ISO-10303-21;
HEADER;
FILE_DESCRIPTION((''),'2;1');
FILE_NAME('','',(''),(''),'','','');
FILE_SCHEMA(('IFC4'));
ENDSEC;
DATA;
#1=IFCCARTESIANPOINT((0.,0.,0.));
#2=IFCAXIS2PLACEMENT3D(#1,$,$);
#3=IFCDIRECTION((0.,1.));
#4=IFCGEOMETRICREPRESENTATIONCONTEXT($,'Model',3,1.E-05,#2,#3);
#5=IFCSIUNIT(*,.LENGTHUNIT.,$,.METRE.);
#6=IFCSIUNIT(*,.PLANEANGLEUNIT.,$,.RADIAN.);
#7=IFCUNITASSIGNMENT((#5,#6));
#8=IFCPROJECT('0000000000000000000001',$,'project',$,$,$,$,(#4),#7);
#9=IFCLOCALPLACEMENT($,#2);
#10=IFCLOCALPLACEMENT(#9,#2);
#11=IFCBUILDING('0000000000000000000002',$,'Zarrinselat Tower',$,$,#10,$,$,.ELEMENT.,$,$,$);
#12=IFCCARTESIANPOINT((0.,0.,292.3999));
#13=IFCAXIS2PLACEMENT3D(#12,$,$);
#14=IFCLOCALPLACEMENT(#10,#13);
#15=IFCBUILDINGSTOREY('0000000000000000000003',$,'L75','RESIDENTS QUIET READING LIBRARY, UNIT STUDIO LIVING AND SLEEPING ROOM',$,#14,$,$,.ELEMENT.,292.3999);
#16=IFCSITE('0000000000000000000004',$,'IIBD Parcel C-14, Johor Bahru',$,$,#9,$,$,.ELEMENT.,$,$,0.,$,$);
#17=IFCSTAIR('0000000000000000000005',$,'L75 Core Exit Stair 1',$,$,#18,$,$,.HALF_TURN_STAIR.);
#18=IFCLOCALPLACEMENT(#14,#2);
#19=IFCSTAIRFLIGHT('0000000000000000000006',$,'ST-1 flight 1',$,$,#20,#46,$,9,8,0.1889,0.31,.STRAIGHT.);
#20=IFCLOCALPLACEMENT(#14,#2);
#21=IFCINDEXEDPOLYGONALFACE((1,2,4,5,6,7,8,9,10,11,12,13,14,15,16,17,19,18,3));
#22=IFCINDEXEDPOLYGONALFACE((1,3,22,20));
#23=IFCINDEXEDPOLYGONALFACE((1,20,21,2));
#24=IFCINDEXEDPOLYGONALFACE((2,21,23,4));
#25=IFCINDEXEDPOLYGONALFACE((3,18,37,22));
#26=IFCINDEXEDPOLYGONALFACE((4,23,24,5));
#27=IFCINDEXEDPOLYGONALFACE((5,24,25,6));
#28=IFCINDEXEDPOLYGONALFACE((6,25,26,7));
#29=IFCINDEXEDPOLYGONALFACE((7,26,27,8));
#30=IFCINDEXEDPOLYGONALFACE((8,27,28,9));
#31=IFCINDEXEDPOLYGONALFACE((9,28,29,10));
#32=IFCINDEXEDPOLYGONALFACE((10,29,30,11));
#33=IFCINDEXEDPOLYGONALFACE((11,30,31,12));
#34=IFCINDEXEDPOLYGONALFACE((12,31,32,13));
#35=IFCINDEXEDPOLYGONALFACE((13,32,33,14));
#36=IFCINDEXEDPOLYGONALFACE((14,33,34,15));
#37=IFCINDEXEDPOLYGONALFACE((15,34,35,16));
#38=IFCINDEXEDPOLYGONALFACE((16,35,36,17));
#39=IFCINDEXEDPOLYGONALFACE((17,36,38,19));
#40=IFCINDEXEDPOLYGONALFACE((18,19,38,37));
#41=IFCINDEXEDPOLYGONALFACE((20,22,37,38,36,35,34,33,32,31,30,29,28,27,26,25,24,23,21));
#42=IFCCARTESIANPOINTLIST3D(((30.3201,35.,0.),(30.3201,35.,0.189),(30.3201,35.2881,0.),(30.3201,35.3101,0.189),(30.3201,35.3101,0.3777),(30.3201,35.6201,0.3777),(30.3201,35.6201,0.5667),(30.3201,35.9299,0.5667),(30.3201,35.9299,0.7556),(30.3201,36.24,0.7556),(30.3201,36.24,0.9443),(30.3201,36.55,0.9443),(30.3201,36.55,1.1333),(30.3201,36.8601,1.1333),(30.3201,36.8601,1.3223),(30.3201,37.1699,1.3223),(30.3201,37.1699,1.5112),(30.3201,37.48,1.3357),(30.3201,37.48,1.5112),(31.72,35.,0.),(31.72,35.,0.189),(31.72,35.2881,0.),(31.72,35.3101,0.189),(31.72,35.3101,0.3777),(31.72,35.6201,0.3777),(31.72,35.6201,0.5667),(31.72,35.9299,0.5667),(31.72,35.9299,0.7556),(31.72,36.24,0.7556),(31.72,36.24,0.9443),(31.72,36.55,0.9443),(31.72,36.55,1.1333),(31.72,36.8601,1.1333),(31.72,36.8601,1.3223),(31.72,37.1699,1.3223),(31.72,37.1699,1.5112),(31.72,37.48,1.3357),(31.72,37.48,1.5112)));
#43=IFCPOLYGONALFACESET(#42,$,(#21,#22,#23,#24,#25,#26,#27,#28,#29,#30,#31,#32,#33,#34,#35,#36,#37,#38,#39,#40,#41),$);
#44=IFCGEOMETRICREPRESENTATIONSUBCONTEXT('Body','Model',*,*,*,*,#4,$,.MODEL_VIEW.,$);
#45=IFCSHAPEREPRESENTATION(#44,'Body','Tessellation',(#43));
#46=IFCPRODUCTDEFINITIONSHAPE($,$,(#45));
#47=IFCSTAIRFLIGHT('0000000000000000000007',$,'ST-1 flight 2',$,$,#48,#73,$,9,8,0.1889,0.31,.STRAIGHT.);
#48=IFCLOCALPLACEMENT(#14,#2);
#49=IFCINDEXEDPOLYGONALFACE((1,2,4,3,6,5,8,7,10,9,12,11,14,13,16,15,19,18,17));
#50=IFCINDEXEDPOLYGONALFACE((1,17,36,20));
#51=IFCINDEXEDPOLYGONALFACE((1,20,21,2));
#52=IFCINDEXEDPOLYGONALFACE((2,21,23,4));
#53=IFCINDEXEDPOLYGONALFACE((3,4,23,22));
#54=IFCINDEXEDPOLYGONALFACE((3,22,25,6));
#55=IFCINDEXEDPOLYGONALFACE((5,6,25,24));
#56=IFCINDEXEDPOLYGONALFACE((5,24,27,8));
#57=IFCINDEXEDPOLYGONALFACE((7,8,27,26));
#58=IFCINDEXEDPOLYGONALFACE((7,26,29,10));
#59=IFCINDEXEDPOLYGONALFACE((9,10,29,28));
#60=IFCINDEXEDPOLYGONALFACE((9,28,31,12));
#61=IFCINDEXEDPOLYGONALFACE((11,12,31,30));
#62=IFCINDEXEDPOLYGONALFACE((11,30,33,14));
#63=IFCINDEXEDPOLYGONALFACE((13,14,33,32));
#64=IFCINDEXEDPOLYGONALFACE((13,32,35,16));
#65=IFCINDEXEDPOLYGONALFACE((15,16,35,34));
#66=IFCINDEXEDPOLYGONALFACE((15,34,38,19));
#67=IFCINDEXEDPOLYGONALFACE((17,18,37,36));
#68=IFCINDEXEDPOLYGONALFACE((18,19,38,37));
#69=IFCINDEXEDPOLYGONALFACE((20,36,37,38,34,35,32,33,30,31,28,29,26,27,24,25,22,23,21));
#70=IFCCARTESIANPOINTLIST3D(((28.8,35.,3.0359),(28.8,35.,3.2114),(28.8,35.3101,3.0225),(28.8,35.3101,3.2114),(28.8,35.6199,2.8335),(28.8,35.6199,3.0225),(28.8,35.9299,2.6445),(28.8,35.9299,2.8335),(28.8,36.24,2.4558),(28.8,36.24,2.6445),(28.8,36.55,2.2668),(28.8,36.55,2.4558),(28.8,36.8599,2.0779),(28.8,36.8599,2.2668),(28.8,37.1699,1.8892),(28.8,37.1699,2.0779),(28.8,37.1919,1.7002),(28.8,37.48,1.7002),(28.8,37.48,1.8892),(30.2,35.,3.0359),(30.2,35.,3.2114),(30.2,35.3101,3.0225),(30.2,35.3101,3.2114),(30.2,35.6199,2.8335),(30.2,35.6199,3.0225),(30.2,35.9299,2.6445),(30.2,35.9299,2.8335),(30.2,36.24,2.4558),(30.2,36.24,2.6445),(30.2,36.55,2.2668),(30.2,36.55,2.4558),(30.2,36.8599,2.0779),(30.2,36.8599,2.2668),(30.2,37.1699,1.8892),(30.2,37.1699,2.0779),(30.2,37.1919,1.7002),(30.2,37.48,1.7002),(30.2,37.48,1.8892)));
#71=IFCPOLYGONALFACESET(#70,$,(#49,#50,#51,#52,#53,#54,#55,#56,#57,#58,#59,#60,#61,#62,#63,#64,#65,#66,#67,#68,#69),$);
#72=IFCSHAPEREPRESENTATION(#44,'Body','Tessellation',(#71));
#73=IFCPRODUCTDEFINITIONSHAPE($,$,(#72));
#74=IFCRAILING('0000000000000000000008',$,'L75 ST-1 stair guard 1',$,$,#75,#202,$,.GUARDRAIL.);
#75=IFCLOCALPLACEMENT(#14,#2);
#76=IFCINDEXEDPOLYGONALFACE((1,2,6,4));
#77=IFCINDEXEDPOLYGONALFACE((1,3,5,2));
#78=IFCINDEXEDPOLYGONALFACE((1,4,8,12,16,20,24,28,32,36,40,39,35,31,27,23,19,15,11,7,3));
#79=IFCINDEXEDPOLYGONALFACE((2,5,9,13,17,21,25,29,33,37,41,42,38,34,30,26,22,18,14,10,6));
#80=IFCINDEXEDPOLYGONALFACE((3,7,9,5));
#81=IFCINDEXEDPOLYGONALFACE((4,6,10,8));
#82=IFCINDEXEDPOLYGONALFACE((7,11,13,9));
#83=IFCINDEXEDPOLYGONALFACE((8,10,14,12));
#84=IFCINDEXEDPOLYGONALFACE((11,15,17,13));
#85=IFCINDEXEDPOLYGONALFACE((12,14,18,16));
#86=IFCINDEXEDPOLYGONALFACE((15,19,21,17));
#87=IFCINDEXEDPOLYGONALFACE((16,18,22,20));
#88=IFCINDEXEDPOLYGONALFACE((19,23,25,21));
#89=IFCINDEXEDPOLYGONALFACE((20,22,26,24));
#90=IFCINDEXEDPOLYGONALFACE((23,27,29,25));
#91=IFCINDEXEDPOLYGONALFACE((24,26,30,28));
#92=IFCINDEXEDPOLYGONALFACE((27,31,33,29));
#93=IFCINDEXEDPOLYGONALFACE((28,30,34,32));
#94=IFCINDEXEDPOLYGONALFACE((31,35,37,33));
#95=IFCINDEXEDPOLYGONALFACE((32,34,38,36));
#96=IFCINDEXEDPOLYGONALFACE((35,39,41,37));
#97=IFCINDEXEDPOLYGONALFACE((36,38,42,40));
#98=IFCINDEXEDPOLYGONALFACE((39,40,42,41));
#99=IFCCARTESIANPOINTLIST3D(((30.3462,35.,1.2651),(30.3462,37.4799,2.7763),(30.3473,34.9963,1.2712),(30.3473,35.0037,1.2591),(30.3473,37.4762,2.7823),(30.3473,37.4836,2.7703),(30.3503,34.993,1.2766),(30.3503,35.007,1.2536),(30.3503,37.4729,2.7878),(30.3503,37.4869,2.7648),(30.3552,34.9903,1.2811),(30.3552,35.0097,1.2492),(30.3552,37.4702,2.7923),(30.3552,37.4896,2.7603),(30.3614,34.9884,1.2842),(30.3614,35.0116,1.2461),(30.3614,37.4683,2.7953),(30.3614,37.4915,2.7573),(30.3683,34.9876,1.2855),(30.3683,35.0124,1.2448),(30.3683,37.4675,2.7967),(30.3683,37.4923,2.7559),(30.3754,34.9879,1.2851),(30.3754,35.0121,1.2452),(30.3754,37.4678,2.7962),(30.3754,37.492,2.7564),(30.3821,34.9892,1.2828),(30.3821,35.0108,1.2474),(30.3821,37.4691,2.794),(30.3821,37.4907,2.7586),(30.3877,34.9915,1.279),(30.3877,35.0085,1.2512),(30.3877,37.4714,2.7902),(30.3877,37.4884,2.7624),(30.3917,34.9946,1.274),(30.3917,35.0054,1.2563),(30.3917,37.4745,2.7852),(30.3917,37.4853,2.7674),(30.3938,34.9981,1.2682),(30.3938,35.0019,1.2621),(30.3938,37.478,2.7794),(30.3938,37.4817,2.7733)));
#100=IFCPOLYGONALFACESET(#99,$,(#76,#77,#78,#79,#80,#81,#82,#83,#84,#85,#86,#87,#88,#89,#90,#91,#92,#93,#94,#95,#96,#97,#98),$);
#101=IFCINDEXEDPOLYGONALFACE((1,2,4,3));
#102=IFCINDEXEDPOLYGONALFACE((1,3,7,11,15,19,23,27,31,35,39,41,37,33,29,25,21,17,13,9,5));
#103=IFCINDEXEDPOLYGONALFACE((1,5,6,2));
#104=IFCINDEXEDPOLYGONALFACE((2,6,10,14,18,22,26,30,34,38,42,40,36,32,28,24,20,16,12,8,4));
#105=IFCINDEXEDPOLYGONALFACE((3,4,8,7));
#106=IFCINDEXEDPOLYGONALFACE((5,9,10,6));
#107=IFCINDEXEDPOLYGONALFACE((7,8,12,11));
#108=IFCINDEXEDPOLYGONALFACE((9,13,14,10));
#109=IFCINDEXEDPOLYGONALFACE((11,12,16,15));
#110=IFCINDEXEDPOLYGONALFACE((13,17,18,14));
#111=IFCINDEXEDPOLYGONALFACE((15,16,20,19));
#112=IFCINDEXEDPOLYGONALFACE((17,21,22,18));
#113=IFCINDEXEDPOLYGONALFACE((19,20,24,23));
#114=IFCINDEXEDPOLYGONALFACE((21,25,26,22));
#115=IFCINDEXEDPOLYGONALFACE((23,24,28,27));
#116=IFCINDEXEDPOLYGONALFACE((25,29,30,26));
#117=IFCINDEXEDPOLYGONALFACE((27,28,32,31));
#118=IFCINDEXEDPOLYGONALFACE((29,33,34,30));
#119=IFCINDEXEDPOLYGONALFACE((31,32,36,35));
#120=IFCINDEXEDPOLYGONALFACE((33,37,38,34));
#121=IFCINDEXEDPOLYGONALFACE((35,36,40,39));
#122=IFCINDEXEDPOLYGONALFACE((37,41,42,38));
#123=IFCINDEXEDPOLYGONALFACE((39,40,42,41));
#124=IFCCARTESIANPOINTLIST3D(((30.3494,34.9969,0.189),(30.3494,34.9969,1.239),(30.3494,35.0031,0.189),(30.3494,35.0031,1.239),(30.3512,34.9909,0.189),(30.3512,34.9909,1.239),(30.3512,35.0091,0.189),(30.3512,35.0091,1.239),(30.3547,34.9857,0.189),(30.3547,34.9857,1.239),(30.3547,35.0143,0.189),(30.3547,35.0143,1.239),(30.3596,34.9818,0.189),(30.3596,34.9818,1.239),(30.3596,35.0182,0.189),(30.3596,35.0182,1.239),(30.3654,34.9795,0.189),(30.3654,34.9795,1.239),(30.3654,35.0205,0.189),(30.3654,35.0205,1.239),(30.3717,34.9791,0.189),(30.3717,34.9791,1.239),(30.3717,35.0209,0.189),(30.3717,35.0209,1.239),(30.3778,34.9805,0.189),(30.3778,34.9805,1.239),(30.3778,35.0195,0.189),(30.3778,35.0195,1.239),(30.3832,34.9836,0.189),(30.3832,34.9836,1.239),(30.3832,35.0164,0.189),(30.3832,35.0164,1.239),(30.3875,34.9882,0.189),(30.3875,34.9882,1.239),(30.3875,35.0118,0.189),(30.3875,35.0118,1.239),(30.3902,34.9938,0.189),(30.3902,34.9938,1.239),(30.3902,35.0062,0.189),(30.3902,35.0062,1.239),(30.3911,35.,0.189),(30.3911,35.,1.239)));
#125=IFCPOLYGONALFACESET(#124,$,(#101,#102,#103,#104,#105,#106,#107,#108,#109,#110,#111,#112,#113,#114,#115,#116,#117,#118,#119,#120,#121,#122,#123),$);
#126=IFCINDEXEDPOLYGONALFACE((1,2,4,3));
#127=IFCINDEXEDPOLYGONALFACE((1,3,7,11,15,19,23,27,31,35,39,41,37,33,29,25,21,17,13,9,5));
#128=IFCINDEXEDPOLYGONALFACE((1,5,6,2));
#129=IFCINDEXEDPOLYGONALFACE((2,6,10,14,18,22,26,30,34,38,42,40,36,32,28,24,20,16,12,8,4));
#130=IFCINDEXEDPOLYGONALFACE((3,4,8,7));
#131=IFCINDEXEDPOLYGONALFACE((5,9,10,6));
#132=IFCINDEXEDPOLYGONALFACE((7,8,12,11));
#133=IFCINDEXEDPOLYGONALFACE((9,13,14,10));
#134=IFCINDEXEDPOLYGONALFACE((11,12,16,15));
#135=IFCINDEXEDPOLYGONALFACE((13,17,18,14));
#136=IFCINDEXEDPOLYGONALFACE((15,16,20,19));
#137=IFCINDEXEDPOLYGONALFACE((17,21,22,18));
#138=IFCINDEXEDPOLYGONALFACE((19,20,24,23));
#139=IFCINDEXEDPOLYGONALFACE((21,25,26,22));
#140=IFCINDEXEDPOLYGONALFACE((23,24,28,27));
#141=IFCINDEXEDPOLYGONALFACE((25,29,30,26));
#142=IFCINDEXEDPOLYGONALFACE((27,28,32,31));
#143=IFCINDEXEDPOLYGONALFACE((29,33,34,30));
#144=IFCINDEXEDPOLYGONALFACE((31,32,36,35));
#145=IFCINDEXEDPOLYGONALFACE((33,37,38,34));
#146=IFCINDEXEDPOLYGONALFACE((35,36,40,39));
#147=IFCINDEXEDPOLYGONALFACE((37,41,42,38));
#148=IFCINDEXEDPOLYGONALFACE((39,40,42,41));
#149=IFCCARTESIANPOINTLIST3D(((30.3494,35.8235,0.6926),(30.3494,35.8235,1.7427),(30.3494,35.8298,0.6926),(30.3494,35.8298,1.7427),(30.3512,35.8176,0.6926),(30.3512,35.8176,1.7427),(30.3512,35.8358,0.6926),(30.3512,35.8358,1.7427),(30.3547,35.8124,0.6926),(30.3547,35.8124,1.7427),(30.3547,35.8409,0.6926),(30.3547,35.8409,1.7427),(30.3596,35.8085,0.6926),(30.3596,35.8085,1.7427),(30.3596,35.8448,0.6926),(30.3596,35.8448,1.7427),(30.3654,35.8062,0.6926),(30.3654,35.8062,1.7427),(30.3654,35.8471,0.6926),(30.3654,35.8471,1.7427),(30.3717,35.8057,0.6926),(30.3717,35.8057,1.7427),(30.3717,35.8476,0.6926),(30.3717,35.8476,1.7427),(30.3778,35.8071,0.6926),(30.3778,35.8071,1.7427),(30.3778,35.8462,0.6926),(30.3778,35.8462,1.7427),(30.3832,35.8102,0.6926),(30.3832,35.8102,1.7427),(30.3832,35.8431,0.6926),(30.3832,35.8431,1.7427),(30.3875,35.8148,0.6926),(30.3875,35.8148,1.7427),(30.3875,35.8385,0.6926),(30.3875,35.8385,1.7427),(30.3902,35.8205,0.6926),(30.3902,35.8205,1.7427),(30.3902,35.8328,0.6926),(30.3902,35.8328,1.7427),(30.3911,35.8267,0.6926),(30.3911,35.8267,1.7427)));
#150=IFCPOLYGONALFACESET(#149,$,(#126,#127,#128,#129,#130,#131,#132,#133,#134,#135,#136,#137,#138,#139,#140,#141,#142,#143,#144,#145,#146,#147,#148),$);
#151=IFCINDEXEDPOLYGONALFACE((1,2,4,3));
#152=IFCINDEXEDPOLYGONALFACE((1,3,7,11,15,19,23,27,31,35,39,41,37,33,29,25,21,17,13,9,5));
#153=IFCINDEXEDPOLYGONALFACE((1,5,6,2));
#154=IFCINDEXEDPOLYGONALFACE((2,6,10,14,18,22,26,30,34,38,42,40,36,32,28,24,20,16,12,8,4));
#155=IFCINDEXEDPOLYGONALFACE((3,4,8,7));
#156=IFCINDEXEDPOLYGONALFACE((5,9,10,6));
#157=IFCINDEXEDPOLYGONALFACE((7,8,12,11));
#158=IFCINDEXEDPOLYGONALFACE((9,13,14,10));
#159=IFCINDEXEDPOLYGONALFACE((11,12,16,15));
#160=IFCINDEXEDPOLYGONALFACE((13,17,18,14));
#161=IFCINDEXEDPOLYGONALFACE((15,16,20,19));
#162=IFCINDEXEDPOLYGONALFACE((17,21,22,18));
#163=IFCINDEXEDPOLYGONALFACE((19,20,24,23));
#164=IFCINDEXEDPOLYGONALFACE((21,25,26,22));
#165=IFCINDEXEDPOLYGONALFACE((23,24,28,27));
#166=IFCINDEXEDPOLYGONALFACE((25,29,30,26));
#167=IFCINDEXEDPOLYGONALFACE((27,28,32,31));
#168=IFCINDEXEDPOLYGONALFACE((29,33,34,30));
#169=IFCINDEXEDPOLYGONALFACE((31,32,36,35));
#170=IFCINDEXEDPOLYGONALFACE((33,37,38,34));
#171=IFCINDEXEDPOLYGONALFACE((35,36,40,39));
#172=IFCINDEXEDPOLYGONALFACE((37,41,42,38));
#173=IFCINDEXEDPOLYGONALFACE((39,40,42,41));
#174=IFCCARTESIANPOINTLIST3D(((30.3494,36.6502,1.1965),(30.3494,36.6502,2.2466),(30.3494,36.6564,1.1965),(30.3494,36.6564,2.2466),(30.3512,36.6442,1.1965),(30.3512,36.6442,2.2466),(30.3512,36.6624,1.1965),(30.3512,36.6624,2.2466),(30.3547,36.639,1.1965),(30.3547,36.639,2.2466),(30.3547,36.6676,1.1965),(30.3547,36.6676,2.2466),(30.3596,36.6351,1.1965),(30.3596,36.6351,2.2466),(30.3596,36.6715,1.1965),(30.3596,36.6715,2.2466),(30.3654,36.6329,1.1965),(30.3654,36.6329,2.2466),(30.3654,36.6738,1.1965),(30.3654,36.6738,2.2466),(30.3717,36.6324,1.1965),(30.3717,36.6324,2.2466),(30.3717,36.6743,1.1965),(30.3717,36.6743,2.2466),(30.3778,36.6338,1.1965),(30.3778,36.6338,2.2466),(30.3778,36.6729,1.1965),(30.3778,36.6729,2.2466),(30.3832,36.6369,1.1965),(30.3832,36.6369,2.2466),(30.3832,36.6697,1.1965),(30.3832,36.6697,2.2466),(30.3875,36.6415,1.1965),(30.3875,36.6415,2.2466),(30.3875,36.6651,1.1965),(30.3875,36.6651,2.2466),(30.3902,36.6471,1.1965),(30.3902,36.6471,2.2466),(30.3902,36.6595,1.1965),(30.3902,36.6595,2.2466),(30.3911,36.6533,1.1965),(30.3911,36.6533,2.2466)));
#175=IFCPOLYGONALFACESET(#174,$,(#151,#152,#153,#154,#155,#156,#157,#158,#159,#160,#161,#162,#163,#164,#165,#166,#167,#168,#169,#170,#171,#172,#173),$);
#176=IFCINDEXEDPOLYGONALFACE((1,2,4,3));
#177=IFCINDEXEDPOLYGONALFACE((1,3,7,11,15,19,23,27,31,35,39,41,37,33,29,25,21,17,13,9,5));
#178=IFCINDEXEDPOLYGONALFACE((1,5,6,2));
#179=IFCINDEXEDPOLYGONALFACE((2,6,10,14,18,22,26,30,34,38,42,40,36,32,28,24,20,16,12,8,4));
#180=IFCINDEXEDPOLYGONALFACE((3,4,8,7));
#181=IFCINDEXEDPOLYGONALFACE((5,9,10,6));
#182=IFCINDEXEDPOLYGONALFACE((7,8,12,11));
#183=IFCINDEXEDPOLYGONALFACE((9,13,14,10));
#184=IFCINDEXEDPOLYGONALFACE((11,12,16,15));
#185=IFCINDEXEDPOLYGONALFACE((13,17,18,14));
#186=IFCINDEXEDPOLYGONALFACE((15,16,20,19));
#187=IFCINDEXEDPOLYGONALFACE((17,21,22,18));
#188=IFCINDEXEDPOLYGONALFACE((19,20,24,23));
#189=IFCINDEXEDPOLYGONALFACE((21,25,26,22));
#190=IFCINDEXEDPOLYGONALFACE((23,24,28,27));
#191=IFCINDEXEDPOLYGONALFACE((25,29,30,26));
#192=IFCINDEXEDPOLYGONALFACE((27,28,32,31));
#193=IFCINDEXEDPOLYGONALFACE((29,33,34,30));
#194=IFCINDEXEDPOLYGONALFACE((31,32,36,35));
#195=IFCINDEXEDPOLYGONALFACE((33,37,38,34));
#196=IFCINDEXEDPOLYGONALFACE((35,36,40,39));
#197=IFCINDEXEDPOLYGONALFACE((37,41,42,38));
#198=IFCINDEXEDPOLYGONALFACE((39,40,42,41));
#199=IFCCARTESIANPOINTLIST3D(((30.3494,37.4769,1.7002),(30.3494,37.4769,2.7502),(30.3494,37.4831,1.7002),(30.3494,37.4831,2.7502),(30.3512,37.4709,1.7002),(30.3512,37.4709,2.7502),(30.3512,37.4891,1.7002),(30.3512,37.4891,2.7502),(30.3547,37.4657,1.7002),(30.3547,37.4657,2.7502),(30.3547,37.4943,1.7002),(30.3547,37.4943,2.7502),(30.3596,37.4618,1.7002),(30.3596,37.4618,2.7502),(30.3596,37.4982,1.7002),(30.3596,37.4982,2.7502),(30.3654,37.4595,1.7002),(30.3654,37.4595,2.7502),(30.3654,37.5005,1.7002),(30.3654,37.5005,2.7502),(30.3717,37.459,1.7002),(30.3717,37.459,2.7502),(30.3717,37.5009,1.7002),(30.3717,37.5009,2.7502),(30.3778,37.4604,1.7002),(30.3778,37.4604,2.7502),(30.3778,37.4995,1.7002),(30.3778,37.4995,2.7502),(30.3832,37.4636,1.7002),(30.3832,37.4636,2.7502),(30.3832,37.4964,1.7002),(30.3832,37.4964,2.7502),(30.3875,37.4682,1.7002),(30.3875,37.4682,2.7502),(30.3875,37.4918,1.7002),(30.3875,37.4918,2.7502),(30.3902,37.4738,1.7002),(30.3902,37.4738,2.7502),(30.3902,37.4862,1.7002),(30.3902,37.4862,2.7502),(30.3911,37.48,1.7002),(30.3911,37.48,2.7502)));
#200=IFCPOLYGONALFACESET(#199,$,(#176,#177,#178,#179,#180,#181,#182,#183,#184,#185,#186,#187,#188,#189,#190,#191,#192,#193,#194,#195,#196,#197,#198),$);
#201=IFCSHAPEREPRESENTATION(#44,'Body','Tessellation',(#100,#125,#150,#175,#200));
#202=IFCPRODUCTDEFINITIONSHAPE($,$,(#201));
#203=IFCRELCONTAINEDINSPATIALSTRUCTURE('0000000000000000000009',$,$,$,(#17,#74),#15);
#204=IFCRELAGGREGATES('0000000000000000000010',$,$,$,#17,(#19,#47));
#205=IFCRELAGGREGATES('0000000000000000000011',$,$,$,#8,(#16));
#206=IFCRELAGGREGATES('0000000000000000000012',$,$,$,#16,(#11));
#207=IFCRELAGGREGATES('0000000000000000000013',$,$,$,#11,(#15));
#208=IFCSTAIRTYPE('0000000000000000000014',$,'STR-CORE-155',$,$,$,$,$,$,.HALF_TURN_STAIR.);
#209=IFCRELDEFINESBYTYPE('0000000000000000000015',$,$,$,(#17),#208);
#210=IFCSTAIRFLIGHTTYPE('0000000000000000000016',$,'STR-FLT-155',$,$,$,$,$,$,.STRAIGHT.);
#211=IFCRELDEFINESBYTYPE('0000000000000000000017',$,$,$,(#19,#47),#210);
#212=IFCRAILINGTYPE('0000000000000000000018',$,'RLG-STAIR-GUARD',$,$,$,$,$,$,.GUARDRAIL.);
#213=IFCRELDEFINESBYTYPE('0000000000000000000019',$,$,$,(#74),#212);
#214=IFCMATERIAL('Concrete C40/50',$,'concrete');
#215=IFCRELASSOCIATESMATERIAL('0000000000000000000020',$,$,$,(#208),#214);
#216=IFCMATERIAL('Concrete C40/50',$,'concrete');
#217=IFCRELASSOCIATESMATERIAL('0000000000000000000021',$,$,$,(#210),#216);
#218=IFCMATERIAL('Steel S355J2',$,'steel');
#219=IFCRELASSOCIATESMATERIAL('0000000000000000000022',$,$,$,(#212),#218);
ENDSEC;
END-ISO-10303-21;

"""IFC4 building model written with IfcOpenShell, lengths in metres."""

from ifc_helpers import new_model, si_unit, direction, frame, origin, origin_2d, place, context, subcontext, project, spatial, polyline, circle, outline, extrude, material, type_object, element, aggregate, save


model = new_model("IFC4")

# Units and contexts
model_context = context("Model", 3, precision=1e-05, world=origin(), true_north=direction((0.0, 1.0)))
body_context = subcontext(model_context, "Body", "Model", "MODEL_VIEW")
ifc_project = project(units=[si_unit("LENGTHUNIT", "METRE"), si_unit("PLANEANGLEUNIT", "RADIAN")], contexts=[model_context])

# Site, building, storey
site_placement = place(None, origin())
site = spatial("IfcSite", under=ifc_project, at=site_placement, Name="IIBD Parcel C-14, Johor Bahru", CompositionType="ELEMENT", RefElevation=0.0)
building_placement = place(site_placement, origin())
building = spatial("IfcBuilding", under=site, at=building_placement, Name="Zarrinselat Tower", CompositionType="ELEMENT")
storey_placement = place(building_placement, frame((0.0, 0.0, 292.3999)))
storey = spatial("IfcBuildingStorey", under=building, at=storey_placement, Name="L75", Description="RESIDENTS QUIET READING LIBRARY, UNIT STUDIO LIVING AND SLEEPING ROOM", CompositionType="ELEMENT", Elevation=292.3999)

# Stair, stair flights
ifc_material_1 = material(Name="Concrete C40/50", Category="concrete")
stair_type = type_object("IfcStairType", Name="STR-CORE-155", PredefinedType="HALF_TURN_STAIR", material=ifc_material_1)
stair_placement = place(storey_placement, origin())
stair = element("IfcStair", 1, at=stair_placement, inside=storey, type_object=stair_type, Name="L75 Core Exit Stair 1", PredefinedType="HALF_TURN_STAIR")
ifc_material_2 = material(Name="Concrete C40/50", Category="concrete")
stair_flight_type = type_object("IfcStairFlightType", Name="STR-FLT-155", PredefinedType="STRAIGHT", material=ifc_material_2)
stair_flight_1_placement = place(storey_placement, frame((31.02, 35.0, 0.0), z_axis=(0.0, 0.0, 1.0), x_axis=(0.0, 1.0, 0.0)))
stair_flight_1 = element("IfcStairFlight", 2, at=stair_flight_1_placement, type_object=stair_flight_type, Name="ST-1 flight 1", NumberOfRisers=9, NumberOfTreads=8, PredefinedType="STRAIGHT", RiserHeight=0.1889, TreadLength=0.31, context=body_context, shape_type="SweptSolid", body=[
    extrude(outline(polyline([(0.0, 0.0), (0.0, 0.189), (0.3101, 0.189), (0.3101, 0.3777), (0.6201, 0.3777), (0.6201, 0.5667), (0.9299, 0.5667), (0.9299, 0.7556), (1.24, 0.7556), (1.24, 0.9443), (1.55, 0.9443), (1.55, 1.1333), (1.8601, 1.1333), (1.8601, 1.3223), (2.1699, 1.3223), (2.1699, 1.5112), (2.48, 1.5112), (2.48, 1.7), (2.48, 1.3357), (0.2881, 0.0), (0.0, 0.0)])), frame((0.0, 0.7, 0.0), z_axis=(0.0, -1.0, 0.0), x_axis=(1.0, 0.0, 0.0)), (0.0, 0.0, 1.0), 1.3999),
])
stair_flight_2_placement = place(storey_placement, frame((29.5, 37.48, 1.7002), z_axis=(0.0, 0.0, 1.0), x_axis=(0.0, -1.0, 0.0)))
stair_flight_2 = element("IfcStairFlight", 3, at=stair_flight_2_placement, type_object=stair_flight_type, Name="ST-1 flight 2", NumberOfRisers=9, NumberOfTreads=8, PredefinedType="STRAIGHT", RiserHeight=0.1889, TreadLength=0.31, context=body_context, shape_type="SweptSolid", body=[
    extrude(outline(polyline([(0.0, 0.0), (0.0, 0.189), (0.3101, 0.189), (0.3101, 0.3777), (0.6201, 0.3777), (0.6201, 0.5667), (0.9299, 0.5667), (0.9299, 0.7556), (1.24, 0.7556), (1.24, 0.9443), (1.55, 0.9443), (1.55, 1.1333), (1.8601, 1.1333), (1.8601, 1.3223), (2.1699, 1.3223), (2.1699, 1.5112), (2.48, 1.5112), (2.48, 1.7), (2.48, 1.3357), (0.2881, 0.0), (0.0, 0.0)])), frame((0.0, 0.7, 0.0), z_axis=(0.0, -1.0, 0.0), x_axis=(1.0, 0.0, 0.0)), (0.0, 0.0, 1.0), 1.3999),
])
aggregate(stair, [stair_flight_1, stair_flight_2])

# Railing
ifc_material_3 = material(Name="Steel S355J2", Category="steel")
railing_type_1 = type_object("IfcRailingType", Name="RLG-STAIR-GUARD", PredefinedType="GUARDRAIL", material=ifc_material_3)
railing_1_placement = place(storey_placement, frame((30.3701, 35.0, 0.189)))
element("IfcRailing", 4, at=railing_1_placement, inside=storey, type_object=railing_type_1, Name="L75 ST-1 stair guard 1", PredefinedType="GUARDRAIL", context=body_context, shape_type="SweptSolid", body=[
    extrude(circle(Radius=0.0239, at=origin_2d()), frame((0.0, 0.0, 1.0762), z_axis=(0.0, 0.853942, 0.520368), x_axis=(-1.0, 0.0, 0.0)), (0.0, 0.0, 1.0), 2.9041),
    extrude(circle(Radius=0.021, at=origin_2d()), origin(), (0.0, 0.0, 1.0), 1.05),
    extrude(circle(Radius=0.021, at=origin_2d()), frame((0.0, 0.8267, 0.5037)), (0.0, 0.0, 1.0), 1.05),
    extrude(circle(Radius=0.021, at=origin_2d()), frame((0.0, 1.6533, 1.0076)), (0.0, 0.0, 1.0), 1.05),
    extrude(circle(Radius=0.021, at=origin_2d()), frame((0.0, 2.48, 1.5112)), (0.0, 0.0, 1.0), 1.05),
])

save(model, "model.ifc")
